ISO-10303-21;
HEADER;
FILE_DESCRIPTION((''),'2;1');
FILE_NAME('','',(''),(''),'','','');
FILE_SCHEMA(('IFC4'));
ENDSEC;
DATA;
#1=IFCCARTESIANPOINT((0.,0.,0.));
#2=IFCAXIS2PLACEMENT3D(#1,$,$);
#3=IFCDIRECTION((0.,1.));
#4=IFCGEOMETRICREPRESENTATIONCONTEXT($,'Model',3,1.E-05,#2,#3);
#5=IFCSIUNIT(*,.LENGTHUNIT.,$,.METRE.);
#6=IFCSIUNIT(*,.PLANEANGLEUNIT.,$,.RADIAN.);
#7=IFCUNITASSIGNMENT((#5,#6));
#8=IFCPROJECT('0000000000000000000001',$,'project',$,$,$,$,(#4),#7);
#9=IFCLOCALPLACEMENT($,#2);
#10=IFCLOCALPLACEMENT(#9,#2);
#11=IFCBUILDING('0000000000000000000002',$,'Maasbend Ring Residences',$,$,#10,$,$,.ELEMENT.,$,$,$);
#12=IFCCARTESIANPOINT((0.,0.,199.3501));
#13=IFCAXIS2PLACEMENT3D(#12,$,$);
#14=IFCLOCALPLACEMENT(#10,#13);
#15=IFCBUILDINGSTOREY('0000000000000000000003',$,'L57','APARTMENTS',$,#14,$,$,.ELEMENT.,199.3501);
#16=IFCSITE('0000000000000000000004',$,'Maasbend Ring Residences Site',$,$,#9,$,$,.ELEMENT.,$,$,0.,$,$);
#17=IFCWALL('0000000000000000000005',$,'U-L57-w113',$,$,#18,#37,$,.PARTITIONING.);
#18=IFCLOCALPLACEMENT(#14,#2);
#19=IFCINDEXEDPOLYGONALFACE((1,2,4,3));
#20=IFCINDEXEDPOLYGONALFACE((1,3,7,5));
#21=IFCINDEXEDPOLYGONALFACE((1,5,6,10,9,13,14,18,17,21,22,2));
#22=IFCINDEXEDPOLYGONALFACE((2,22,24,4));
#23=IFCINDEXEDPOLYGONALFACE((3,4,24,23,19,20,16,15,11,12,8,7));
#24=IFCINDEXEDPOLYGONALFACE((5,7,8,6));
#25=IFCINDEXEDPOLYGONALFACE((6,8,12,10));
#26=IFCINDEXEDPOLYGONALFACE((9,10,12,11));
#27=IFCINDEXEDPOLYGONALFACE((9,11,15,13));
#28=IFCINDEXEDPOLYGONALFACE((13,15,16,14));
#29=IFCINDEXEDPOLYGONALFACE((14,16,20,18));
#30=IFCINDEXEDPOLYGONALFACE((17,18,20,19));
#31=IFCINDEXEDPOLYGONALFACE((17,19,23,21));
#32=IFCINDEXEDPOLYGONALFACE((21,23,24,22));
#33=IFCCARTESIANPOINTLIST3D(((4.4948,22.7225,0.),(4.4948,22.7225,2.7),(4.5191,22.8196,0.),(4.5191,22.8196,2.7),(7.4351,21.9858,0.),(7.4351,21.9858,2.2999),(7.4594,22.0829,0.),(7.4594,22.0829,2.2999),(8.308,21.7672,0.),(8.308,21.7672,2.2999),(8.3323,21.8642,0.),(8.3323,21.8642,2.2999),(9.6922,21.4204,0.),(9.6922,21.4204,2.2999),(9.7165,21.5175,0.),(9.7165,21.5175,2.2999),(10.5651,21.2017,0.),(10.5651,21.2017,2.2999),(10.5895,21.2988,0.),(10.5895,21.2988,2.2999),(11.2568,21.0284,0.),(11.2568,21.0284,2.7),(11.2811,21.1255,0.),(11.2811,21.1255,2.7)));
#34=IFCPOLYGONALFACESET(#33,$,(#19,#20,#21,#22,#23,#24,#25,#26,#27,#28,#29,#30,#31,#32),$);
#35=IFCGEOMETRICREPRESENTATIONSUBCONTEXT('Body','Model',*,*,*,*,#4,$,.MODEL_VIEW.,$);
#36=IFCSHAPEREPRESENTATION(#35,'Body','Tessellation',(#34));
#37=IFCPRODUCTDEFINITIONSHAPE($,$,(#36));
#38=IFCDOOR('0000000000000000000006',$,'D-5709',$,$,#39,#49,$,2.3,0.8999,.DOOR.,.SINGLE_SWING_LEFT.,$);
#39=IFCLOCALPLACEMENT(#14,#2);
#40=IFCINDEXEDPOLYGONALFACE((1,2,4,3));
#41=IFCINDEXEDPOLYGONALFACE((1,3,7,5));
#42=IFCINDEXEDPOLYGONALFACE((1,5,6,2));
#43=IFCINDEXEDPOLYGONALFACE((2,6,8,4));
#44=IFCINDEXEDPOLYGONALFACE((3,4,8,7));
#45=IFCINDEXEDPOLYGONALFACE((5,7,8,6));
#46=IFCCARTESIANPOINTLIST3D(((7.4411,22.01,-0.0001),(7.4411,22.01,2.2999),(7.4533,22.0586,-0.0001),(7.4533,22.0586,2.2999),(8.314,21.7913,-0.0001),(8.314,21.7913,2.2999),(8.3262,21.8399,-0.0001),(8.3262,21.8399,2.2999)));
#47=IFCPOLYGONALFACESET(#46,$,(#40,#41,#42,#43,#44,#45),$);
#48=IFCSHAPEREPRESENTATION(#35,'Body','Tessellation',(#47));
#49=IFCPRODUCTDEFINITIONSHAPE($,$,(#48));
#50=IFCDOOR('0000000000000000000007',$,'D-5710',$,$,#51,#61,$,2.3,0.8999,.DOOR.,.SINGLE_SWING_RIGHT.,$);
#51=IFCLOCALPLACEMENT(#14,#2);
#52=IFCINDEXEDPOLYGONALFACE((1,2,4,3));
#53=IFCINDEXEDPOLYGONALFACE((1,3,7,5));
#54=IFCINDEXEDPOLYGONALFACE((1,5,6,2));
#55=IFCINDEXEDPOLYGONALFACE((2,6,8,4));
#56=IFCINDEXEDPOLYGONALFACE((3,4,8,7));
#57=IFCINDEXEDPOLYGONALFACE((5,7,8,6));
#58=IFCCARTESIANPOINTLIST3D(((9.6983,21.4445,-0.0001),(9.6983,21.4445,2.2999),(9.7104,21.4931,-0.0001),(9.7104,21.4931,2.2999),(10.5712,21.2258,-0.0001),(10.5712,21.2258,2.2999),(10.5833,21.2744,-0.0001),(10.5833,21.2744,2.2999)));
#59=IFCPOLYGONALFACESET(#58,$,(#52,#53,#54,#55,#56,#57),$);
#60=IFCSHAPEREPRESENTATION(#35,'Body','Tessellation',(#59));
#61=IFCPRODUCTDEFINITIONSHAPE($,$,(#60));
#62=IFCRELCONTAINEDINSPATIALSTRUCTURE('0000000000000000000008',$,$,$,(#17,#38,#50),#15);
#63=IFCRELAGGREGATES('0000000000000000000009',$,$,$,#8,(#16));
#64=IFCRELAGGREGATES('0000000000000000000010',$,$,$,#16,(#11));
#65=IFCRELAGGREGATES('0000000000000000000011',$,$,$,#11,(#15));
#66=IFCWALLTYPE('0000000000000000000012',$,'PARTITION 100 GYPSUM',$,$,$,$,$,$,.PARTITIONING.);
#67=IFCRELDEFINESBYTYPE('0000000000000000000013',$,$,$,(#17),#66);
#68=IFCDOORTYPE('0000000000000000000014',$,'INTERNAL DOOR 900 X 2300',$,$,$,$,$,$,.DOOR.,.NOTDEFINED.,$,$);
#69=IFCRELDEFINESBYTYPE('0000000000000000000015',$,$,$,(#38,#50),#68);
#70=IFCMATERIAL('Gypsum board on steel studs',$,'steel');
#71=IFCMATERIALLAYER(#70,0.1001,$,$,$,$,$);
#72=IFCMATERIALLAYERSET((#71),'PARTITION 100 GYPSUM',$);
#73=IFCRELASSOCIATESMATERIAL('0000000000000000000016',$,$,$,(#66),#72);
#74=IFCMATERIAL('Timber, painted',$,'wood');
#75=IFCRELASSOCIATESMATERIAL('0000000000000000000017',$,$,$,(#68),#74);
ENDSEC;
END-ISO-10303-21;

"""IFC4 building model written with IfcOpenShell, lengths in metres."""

from ifc_helpers import new_model, si_unit, direction, frame, frame_2d, origin, place, context, subcontext, project, spatial, rectangle, extrude, material, layer, layer_set, type_object, element, fill, save


model = new_model("IFC4")

# Units and contexts
model_context = context("Model", 3, precision=1e-05, world=origin(), true_north=direction((0.0, 1.0)))
body_context = subcontext(model_context, "Body", "Model", "MODEL_VIEW")
ifc_project = project(units=[si_unit("LENGTHUNIT", "METRE"), si_unit("PLANEANGLEUNIT", "RADIAN")], contexts=[model_context])

# Site, building, storey
site_placement = place(None, origin())
site = spatial("IfcSite", under=ifc_project, at=site_placement, Name="Maasbend Ring Residences Site", CompositionType="ELEMENT", RefElevation=0.0)
building_placement = place(site_placement, origin())
building = spatial("IfcBuilding", under=site, at=building_placement, Name="Maasbend Ring Residences", CompositionType="ELEMENT")
storey_placement = place(building_placement, frame((0.0, 0.0, 199.3501)))
storey = spatial("IfcBuildingStorey", under=building, at=storey_placement, Name="L57", Description="APARTMENTS", CompositionType="ELEMENT", Elevation=199.3501)

# Shared definitions
ifc_material_1 = material(Name="Gypsum board on steel studs", Category="steel")
ifc_layer_1 = layer(ifc_material_1, 0.1001)
ifc_layer_set_1 = layer_set([ifc_layer_1], Name="PARTITION 100 GYPSUM")
wall_type_1 = type_object("IfcWallType", Name="PARTITION 100 GYPSUM", PredefinedType="PARTITIONING", material=ifc_layer_set_1)
ifc_material_2 = material(Name="Timber, painted", Category="wood")
door_type_1 = type_object("IfcDoorType", Name="INTERNAL DOOR 900 X 2300", OperationType="NOTDEFINED", PredefinedType="DOOR", material=ifc_material_2)

# Wall, openings, doors
wall_1_placement = place(storey_placement, frame((4.5071, 22.771, 0.0), z_axis=(0.0, 0.0, 1.0), x_axis=(0.970021, -0.243022, 0.0)))
wall_1 = element("IfcWall", 1, at=wall_1_placement, inside=storey, type_object=wall_type_1, Name="U-L57-w113", PredefinedType="PARTITIONING", context=body_context, shape_type="SweptSolid", body=[
    extrude(rectangle(XDim=6.9709, YDim=0.1001, at=frame_2d((3.4854, 0.0))), origin(), (0.0, 0.0, 1.0), 2.7),
])
opening_1_placement = place(wall_1_placement, frame((3.031, 0.0, 0.0)))
opening_1 = element("IfcOpeningElement", 2, at=opening_1_placement, cuts=wall_1, PredefinedType="OPENING", context=body_context, shape_type="SweptSolid", body=[
    extrude(rectangle(XDim=0.8999, YDim=2.3, at=frame_2d((0.45, 1.1499))), frame((0.0, 0.0601, 0.0), z_axis=(0.0, -1.0, 0.0), x_axis=(1.0, 0.0, 0.0)), (0.0, 0.0, 1.0), 0.1201),
])
opening_2_placement = place(wall_1_placement, frame((5.3579, 0.0, 0.0)))
opening_2 = element("IfcOpeningElement", 3, at=opening_2_placement, cuts=wall_1, PredefinedType="OPENING", context=body_context, shape_type="SweptSolid", body=[
    extrude(rectangle(XDim=0.8999, YDim=2.3, at=frame_2d((0.45, 1.1499))), frame((0.0, 0.0601, 0.0), z_axis=(0.0, -1.0, 0.0), x_axis=(1.0, 0.0, 0.0)), (0.0, 0.0, 1.0), 0.1201),
])
door_1_placement = place(opening_1_placement, origin())
door_1 = element("IfcDoor", 4, at=door_1_placement, inside=storey, type_object=door_type_1, Name="D-5709", OperationType="SINGLE_SWING_LEFT", OverallHeight=2.3, OverallWidth=0.8999, PredefinedType="DOOR", context=body_context, shape_type="SweptSolid", body=[
    extrude(rectangle(XDim=0.8999, YDim=2.3, at=frame_2d((0.45, 1.1499))), frame((0.0, 0.0249, 0.0), z_axis=(0.0, -1.0, 0.0), x_axis=(1.0, 0.0, 0.0)), (0.0, 0.0, 1.0), 0.05),
])
fill(opening_1, door_1)
door_2_placement = place(opening_2_placement, origin())
door_2 = element("IfcDoor", 5, at=door_2_placement, inside=storey, type_object=door_type_1, Name="D-5710", OperationType="SINGLE_SWING_RIGHT", OverallHeight=2.3, OverallWidth=0.8999, PredefinedType="DOOR", context=body_context, shape_type="SweptSolid", body=[
    extrude(rectangle(XDim=0.8999, YDim=2.3, at=frame_2d((0.45, 1.1499))), frame((0.0, 0.0249, 0.0), z_axis=(0.0, -1.0, 0.0), x_axis=(1.0, 0.0, 0.0)), (0.0, 0.0, 1.0), 0.05),
])
fill(opening_2, door_2)

save(model, "model.ifc")
